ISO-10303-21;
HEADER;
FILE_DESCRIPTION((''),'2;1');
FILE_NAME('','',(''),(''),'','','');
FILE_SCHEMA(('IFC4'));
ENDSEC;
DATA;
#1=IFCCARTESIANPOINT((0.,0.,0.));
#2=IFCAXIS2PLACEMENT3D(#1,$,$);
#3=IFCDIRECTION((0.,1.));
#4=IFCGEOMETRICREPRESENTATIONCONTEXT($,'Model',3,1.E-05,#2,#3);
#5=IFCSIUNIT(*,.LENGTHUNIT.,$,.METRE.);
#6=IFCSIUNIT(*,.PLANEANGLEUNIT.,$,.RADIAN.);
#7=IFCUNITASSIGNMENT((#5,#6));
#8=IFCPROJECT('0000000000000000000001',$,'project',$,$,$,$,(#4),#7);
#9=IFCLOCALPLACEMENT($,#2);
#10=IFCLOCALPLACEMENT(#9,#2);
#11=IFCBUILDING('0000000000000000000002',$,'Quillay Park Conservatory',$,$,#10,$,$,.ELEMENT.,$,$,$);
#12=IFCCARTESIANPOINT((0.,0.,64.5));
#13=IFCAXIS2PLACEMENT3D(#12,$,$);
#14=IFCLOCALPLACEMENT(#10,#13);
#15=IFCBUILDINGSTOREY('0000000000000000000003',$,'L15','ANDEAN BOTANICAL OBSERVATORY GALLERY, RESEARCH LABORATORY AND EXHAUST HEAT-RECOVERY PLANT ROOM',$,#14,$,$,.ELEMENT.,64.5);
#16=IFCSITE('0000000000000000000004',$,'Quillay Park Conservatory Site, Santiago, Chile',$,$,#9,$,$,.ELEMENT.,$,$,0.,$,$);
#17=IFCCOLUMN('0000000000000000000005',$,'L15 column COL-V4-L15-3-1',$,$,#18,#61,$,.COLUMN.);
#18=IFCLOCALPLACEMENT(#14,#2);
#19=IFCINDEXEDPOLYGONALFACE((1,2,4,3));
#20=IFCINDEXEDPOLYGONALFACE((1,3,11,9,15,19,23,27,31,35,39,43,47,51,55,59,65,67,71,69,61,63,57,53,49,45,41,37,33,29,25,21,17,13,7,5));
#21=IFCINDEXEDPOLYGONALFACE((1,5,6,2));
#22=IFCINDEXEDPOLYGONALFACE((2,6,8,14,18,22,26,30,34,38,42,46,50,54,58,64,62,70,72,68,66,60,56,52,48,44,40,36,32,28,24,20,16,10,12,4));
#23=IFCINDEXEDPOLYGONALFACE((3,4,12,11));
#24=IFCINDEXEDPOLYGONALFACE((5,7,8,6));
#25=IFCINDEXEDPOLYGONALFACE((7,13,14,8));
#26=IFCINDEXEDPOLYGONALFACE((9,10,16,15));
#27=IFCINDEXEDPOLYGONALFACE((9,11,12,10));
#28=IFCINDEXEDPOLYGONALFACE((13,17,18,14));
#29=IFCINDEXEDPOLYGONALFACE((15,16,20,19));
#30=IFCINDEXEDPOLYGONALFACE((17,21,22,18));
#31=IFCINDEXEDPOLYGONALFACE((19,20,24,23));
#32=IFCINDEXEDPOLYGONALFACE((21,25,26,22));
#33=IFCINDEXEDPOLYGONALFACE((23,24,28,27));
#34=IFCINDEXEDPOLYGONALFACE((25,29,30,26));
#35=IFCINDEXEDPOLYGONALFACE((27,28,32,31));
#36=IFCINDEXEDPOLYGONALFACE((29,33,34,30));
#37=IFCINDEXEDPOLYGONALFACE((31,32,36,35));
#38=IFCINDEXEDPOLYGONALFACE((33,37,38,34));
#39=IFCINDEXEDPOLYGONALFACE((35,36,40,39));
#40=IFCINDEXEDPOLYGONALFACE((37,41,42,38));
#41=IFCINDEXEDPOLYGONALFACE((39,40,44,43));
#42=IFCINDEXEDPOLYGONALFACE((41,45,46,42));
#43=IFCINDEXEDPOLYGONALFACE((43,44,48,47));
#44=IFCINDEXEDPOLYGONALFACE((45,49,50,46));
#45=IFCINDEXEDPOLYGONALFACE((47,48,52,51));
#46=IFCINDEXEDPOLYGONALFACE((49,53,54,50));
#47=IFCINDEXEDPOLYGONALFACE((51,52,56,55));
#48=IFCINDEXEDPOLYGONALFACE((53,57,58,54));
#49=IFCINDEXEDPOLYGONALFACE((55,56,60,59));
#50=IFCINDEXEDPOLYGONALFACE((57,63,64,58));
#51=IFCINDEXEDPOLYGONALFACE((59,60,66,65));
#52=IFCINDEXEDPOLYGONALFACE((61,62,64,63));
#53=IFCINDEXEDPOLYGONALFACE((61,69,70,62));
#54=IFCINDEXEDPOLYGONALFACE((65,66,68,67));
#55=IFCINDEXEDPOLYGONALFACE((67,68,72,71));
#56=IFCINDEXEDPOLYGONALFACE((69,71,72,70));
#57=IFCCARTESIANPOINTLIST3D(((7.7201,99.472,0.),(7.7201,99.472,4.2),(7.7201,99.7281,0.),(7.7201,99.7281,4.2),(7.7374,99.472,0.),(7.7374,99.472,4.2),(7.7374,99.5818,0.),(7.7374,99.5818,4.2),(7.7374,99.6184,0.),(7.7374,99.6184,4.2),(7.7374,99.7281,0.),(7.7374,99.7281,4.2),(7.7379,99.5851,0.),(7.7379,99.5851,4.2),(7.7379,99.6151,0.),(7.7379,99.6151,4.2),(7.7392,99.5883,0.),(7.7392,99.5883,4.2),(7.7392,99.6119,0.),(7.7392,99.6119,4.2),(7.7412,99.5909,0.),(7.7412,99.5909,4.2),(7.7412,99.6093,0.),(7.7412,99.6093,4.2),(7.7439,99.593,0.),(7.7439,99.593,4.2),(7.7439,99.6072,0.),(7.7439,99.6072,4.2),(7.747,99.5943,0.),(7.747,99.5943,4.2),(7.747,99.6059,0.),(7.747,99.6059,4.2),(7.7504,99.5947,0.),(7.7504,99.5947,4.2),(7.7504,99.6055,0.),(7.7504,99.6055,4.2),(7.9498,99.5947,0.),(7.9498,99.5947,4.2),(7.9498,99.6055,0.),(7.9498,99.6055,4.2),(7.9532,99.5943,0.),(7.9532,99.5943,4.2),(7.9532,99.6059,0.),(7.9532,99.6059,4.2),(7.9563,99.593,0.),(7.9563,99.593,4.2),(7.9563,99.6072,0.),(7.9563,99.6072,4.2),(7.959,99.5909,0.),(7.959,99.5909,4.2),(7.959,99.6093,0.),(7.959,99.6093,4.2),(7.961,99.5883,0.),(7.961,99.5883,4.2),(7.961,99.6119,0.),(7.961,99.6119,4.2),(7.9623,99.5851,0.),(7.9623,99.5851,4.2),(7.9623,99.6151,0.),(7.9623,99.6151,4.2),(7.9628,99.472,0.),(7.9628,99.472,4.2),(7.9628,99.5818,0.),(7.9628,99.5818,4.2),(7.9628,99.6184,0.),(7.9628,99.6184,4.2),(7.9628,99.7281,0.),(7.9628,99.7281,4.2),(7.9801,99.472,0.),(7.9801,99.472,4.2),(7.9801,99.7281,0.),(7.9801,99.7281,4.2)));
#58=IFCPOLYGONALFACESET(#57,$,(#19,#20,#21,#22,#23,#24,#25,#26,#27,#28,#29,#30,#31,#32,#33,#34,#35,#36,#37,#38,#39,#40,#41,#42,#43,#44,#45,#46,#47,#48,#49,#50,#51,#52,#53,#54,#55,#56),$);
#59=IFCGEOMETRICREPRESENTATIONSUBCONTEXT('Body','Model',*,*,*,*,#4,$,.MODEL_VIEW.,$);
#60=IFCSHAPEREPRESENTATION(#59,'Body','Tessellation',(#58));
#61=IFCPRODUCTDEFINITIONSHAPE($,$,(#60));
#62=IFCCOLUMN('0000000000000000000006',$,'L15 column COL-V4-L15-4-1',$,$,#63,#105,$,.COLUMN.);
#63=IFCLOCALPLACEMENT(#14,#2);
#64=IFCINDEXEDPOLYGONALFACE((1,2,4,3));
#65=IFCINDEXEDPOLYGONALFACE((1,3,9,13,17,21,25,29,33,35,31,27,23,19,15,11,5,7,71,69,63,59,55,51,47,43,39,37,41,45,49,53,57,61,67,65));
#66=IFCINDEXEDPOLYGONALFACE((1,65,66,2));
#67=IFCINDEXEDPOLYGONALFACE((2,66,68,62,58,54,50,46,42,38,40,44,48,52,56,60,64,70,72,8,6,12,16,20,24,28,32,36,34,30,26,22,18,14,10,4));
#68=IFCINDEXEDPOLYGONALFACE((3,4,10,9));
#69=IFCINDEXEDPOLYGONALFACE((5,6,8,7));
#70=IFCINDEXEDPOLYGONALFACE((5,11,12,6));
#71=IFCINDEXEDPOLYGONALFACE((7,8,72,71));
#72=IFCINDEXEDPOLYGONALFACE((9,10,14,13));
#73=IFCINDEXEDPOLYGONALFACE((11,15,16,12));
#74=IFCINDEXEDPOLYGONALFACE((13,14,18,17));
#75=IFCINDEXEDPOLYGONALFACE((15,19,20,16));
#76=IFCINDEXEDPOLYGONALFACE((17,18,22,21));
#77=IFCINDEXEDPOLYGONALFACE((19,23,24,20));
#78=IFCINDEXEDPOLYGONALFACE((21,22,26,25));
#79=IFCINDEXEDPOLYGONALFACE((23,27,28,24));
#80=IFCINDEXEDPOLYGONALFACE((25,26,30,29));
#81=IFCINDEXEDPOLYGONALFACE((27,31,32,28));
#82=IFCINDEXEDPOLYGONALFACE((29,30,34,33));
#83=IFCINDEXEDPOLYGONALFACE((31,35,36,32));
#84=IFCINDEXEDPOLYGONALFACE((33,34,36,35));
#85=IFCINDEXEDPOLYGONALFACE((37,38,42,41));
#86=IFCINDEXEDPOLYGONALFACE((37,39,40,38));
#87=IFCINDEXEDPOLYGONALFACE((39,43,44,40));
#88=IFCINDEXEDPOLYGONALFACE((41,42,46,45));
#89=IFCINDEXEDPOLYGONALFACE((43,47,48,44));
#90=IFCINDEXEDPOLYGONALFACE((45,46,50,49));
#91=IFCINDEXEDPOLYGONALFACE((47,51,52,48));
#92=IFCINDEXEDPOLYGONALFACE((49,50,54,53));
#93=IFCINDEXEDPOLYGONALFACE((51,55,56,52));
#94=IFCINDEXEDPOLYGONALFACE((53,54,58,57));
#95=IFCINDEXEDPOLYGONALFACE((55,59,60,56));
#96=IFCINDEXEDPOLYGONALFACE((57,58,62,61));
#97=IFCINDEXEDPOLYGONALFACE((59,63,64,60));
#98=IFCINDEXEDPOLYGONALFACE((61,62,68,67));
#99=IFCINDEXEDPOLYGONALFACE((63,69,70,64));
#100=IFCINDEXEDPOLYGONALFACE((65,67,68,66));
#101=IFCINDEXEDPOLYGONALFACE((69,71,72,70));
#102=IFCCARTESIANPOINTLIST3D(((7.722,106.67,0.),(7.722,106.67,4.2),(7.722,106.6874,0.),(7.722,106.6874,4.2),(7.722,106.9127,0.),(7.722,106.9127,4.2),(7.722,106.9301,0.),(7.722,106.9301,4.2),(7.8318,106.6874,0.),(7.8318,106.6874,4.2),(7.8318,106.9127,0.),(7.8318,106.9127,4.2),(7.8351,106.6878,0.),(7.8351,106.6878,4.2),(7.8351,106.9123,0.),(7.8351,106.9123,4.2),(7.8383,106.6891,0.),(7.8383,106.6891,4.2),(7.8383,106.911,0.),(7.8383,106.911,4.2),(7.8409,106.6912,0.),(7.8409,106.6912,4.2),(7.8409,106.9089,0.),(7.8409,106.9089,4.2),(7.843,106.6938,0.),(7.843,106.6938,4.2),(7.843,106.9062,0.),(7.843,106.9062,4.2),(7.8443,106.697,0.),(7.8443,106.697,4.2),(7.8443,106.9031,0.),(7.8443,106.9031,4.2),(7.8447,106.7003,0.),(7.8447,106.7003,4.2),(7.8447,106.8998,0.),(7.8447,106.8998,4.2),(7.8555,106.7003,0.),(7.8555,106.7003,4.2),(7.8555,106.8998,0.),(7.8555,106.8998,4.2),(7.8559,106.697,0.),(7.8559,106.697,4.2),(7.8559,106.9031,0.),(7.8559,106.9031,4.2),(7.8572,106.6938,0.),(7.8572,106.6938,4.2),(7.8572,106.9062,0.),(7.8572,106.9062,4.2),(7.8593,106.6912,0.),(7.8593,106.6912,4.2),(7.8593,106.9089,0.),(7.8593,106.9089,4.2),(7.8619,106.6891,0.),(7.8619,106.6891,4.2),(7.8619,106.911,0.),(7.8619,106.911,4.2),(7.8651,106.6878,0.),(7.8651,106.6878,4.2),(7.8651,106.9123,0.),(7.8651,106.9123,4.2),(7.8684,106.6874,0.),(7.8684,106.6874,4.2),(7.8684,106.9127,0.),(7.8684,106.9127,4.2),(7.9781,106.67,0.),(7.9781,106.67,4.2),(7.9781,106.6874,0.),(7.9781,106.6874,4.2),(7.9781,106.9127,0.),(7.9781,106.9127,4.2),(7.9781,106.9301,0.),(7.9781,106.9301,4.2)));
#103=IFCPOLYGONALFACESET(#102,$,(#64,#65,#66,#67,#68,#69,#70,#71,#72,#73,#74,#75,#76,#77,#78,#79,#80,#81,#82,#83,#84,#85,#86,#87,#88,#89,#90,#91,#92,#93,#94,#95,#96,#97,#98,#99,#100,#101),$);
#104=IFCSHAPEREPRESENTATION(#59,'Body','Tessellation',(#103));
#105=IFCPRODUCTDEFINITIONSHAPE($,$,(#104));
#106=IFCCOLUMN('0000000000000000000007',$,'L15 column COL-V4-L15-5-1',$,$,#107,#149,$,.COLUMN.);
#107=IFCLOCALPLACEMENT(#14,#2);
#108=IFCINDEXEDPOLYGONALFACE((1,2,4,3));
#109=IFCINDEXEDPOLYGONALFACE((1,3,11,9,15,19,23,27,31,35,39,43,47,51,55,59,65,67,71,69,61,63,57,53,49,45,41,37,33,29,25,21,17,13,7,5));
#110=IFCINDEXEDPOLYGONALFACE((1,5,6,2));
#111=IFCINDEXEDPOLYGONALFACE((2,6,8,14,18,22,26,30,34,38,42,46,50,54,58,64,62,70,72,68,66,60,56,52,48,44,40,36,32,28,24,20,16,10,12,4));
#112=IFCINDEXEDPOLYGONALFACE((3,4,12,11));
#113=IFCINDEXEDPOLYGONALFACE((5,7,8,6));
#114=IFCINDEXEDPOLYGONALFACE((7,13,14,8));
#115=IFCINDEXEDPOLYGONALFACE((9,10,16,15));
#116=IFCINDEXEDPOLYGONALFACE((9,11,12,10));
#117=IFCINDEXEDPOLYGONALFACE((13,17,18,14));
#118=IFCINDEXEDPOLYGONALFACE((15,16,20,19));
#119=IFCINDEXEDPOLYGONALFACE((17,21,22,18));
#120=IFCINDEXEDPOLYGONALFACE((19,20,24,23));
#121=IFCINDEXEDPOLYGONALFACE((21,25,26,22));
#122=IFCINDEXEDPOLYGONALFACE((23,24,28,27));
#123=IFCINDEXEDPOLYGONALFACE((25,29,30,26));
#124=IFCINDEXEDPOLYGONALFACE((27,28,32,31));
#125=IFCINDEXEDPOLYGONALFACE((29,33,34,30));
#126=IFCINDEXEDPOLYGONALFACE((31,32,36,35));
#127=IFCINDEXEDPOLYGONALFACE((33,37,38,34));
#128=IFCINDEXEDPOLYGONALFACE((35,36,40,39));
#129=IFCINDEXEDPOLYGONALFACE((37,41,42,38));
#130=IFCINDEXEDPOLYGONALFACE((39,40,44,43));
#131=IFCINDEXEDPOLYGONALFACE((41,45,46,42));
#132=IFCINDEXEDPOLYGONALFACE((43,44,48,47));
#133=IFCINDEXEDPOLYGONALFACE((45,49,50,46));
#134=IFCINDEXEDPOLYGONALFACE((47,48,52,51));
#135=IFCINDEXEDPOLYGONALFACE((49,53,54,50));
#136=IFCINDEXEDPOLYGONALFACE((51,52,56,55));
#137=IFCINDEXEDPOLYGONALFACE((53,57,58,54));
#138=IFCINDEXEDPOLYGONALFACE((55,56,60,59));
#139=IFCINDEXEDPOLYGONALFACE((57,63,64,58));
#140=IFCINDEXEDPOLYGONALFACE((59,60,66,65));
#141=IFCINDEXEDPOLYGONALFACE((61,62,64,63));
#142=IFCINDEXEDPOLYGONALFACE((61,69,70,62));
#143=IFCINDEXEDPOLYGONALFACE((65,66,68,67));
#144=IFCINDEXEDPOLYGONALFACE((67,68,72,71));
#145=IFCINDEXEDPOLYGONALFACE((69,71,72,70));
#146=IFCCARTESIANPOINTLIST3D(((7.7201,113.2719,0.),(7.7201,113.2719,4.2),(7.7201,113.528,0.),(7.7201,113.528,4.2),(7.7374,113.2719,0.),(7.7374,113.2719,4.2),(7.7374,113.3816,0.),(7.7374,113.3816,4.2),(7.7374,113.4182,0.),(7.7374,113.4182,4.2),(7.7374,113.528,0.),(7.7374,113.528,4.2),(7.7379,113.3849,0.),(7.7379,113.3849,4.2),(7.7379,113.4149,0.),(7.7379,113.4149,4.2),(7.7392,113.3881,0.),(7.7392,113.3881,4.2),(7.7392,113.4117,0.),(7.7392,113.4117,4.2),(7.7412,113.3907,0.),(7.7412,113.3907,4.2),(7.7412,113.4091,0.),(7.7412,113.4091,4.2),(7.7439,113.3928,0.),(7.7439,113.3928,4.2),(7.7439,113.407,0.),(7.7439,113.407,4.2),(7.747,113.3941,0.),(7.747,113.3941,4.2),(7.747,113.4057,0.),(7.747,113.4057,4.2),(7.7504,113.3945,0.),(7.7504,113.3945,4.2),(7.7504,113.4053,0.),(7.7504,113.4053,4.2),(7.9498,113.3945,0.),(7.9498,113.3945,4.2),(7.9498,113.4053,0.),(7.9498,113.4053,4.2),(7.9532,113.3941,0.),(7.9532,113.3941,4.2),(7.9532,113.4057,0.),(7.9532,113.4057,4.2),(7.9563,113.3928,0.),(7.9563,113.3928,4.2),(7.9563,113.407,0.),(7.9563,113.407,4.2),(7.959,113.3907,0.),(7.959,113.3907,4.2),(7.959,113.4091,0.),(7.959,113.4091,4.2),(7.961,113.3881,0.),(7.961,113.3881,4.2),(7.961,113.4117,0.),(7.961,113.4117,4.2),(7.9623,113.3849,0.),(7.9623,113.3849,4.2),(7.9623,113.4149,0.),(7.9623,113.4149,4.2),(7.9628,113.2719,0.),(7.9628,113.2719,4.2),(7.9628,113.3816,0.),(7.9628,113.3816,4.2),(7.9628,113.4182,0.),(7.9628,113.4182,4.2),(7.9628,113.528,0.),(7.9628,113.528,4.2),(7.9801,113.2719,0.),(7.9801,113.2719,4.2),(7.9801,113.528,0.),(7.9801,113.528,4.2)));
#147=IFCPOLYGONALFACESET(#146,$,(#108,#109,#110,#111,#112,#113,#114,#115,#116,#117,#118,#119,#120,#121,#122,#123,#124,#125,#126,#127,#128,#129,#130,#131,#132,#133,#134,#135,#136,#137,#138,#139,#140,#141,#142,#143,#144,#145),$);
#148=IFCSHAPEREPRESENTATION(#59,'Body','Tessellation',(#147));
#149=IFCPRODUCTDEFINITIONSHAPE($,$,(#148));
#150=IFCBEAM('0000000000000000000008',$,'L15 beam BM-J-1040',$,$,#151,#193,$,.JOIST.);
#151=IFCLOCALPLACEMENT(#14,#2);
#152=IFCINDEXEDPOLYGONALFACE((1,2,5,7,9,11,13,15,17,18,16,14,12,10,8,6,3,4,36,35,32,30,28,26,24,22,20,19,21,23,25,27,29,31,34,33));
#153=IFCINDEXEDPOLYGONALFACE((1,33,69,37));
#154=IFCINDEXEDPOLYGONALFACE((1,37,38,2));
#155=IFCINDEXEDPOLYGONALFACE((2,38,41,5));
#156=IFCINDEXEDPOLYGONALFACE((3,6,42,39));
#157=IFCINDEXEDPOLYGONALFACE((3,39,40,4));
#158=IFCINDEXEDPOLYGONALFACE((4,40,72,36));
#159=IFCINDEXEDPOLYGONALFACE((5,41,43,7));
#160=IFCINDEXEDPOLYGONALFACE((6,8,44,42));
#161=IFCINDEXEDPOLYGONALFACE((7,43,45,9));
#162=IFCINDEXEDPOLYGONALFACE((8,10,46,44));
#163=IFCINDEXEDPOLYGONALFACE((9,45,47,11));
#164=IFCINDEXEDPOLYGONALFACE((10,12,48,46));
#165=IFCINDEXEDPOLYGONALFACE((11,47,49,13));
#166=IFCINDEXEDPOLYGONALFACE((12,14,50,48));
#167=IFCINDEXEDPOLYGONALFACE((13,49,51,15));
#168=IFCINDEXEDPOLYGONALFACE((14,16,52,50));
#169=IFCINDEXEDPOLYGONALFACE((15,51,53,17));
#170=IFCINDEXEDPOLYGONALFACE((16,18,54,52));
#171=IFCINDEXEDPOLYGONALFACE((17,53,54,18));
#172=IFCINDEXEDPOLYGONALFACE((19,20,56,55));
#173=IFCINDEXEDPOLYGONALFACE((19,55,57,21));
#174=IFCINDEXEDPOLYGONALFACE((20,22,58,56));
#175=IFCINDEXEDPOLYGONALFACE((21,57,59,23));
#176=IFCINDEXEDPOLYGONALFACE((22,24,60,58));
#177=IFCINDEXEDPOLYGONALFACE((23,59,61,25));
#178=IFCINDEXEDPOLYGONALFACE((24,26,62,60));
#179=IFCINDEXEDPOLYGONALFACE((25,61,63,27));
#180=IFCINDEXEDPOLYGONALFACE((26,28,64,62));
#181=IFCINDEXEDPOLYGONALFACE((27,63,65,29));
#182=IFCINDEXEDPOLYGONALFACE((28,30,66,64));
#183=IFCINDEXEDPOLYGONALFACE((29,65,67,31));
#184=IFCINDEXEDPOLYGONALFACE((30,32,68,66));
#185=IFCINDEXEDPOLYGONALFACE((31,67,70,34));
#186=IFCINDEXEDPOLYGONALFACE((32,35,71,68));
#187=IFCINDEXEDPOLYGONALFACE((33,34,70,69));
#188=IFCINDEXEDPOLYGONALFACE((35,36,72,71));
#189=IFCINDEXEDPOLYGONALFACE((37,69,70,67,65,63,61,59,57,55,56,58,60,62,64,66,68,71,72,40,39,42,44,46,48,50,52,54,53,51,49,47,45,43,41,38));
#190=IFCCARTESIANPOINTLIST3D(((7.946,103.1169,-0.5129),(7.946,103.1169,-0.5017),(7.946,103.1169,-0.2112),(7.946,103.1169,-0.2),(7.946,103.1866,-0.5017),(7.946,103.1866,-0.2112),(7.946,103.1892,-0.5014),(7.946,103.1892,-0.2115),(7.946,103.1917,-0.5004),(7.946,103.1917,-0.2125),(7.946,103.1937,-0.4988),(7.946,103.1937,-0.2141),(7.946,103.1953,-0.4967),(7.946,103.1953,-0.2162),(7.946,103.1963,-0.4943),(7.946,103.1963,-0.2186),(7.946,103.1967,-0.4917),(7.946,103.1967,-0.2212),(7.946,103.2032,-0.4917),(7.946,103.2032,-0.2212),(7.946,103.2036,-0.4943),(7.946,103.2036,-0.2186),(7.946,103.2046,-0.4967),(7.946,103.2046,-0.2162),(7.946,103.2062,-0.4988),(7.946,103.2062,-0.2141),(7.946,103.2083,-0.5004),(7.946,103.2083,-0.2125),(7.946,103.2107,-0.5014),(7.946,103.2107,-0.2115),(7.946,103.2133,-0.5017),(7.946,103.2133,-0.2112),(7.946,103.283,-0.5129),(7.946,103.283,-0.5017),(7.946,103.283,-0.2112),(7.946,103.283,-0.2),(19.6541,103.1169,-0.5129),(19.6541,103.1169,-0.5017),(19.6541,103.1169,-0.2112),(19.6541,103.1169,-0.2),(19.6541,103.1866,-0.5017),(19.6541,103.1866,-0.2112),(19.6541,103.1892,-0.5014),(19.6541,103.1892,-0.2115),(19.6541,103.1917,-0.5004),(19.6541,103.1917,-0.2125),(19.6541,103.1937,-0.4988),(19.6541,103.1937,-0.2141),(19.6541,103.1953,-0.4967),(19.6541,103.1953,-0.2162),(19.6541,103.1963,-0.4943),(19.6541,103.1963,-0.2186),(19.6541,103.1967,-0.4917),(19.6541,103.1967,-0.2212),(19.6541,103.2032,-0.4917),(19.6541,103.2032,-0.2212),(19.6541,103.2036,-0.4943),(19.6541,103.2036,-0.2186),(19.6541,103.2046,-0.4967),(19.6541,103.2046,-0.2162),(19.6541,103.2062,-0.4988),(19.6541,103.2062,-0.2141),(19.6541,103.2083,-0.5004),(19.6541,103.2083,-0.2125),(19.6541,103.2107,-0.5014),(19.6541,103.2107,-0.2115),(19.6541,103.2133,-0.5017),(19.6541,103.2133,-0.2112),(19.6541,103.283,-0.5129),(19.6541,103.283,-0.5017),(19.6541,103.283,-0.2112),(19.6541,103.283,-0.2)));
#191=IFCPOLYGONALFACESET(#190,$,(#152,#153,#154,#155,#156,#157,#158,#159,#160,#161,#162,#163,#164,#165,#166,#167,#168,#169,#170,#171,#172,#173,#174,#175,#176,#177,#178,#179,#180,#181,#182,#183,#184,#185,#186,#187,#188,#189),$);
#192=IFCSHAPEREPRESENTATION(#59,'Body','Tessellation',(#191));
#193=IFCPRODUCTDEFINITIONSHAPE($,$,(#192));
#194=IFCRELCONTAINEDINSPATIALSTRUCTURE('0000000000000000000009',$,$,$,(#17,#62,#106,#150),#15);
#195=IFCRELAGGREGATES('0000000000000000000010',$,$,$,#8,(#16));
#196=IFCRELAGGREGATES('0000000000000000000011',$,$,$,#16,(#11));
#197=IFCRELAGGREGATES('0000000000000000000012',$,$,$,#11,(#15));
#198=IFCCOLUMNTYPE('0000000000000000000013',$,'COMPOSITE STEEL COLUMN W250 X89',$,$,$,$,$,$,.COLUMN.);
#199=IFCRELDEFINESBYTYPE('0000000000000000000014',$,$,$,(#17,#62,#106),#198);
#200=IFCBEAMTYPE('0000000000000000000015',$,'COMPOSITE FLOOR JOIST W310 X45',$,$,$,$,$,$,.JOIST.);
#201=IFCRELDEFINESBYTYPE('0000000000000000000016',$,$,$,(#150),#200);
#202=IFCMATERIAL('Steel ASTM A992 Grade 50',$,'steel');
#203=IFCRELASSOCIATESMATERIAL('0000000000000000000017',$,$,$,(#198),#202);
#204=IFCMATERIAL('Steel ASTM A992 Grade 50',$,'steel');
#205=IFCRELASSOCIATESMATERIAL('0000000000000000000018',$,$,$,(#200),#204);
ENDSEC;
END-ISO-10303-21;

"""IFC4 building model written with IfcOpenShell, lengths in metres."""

from ifc_helpers import new_model, si_unit, direction, frame, origin, origin_2d, place, context, subcontext, project, spatial, i_section, extrude, material, material_profile, profile_set, type_object, element, save


model = new_model("IFC4")

# Units and contexts
model_context = context("Model", 3, precision=1e-05, world=origin(), true_north=direction((0.0, 1.0)))
body_context = subcontext(model_context, "Body", "Model", "MODEL_VIEW")
ifc_project = project(units=[si_unit("LENGTHUNIT", "METRE"), si_unit("PLANEANGLEUNIT", "RADIAN")], contexts=[model_context])

# Site, building, storey
site_placement = place(None, origin())
site = spatial("IfcSite", under=ifc_project, at=site_placement, Name="Quillay Park Conservatory Site, Santiago, Chile", CompositionType="ELEMENT", RefElevation=0.0)
building_placement = place(site_placement, origin())
building = spatial("IfcBuilding", under=site, at=building_placement, Name="Quillay Park Conservatory", CompositionType="ELEMENT")
storey_placement = place(building_placement, frame((0.0, 0.0, 64.5)))
storey = spatial("IfcBuildingStorey", under=building, at=storey_placement, Name="L15", Description="ANDEAN BOTANICAL OBSERVATORY GALLERY, RESEARCH LABORATORY AND EXHAUST HEAT-RECOVERY PLANT ROOM", CompositionType="ELEMENT", Elevation=64.5)

# Columns
ifc_material_1 = material(Name="Steel ASTM A992 Grade 50", Category="steel")
ifc_material_profile_1 = material_profile(ifc_material_1, i_section(OverallWidth=0.2561, OverallDepth=0.26, WebThickness=0.0107, FlangeThickness=0.0173, FilletRadius=0.0129, at=origin_2d()), Name="W250x89")
ifc_profile_set_1 = profile_set([ifc_material_profile_1], Name="Steel ASTM A992 Grade 50")
column_type = type_object("IfcColumnType", Name="COMPOSITE STEEL COLUMN W250 X89", PredefinedType="COLUMN", material=ifc_profile_set_1)
for number, where, z_axis, x_axis, name in (
    (1, (7.8501, 99.6001, 0.0), (0.0, 0.0, 1.0), (0.0, 1.0, 0.0), "L15 column COL-V4-L15-3-1"),
    (2, (7.8501, 106.8, 0.0), (0.0, 0.0, 1.0), (1.0, 0.0, 0.0), "L15 column COL-V4-L15-4-1"),
    (3, (7.8501, 113.3999, 0.0), (0.0, 0.0, 1.0), (0.0, 1.0, 0.0), "L15 column COL-V4-L15-5-1"),
):
    element("IfcColumn", number, at=place(storey_placement, frame(where, z_axis=z_axis, x_axis=x_axis)), inside=storey, type_object=column_type, Name=name, PredefinedType="COLUMN", context=body_context, shape_type="SweptSolid", body=[
        extrude(i_section(OverallWidth=0.2561, OverallDepth=0.26, WebThickness=0.0107, FlangeThickness=0.0173, FilletRadius=0.0129, at=origin_2d()), origin(), (0.0, 0.0, 1.0), 4.2),
    ])

# Beam
ifc_material_2 = material(Name="Steel ASTM A992 Grade 50", Category="steel")
ifc_material_profile_2 = material_profile(ifc_material_2, i_section(OverallWidth=0.166, OverallDepth=0.313, WebThickness=0.0066, FlangeThickness=0.0112, FilletRadius=0.01, at=origin_2d()), Name="W310x45")
ifc_profile_set_2 = profile_set([ifc_material_profile_2], Name="Steel ASTM A992 Grade 50")
beam_type_1 = type_object("IfcBeamType", Name="COMPOSITE FLOOR JOIST W310 X45", PredefinedType="JOIST", material=ifc_profile_set_2)
for number, where, z_axis, x_axis, name in (
    (4, (7.946, 103.2, -0.3564), (1.0, 0.0, 0.0), (0.0, 1.0, 0.0), "L15 beam BM-J-1040"),
):
    element("IfcBeam", number, at=place(storey_placement, frame(where, z_axis=z_axis, x_axis=x_axis)), inside=storey, type_object=beam_type_1, Name=name, PredefinedType="JOIST", context=body_context, shape_type="SweptSolid", body=[
        extrude(i_section(OverallWidth=0.166, OverallDepth=0.313, WebThickness=0.0066, FlangeThickness=0.0112, FilletRadius=0.01, at=origin_2d()), origin(), (0.0, 0.0, 1.0), 11.708),
    ])

save(model, "model.ifc")
